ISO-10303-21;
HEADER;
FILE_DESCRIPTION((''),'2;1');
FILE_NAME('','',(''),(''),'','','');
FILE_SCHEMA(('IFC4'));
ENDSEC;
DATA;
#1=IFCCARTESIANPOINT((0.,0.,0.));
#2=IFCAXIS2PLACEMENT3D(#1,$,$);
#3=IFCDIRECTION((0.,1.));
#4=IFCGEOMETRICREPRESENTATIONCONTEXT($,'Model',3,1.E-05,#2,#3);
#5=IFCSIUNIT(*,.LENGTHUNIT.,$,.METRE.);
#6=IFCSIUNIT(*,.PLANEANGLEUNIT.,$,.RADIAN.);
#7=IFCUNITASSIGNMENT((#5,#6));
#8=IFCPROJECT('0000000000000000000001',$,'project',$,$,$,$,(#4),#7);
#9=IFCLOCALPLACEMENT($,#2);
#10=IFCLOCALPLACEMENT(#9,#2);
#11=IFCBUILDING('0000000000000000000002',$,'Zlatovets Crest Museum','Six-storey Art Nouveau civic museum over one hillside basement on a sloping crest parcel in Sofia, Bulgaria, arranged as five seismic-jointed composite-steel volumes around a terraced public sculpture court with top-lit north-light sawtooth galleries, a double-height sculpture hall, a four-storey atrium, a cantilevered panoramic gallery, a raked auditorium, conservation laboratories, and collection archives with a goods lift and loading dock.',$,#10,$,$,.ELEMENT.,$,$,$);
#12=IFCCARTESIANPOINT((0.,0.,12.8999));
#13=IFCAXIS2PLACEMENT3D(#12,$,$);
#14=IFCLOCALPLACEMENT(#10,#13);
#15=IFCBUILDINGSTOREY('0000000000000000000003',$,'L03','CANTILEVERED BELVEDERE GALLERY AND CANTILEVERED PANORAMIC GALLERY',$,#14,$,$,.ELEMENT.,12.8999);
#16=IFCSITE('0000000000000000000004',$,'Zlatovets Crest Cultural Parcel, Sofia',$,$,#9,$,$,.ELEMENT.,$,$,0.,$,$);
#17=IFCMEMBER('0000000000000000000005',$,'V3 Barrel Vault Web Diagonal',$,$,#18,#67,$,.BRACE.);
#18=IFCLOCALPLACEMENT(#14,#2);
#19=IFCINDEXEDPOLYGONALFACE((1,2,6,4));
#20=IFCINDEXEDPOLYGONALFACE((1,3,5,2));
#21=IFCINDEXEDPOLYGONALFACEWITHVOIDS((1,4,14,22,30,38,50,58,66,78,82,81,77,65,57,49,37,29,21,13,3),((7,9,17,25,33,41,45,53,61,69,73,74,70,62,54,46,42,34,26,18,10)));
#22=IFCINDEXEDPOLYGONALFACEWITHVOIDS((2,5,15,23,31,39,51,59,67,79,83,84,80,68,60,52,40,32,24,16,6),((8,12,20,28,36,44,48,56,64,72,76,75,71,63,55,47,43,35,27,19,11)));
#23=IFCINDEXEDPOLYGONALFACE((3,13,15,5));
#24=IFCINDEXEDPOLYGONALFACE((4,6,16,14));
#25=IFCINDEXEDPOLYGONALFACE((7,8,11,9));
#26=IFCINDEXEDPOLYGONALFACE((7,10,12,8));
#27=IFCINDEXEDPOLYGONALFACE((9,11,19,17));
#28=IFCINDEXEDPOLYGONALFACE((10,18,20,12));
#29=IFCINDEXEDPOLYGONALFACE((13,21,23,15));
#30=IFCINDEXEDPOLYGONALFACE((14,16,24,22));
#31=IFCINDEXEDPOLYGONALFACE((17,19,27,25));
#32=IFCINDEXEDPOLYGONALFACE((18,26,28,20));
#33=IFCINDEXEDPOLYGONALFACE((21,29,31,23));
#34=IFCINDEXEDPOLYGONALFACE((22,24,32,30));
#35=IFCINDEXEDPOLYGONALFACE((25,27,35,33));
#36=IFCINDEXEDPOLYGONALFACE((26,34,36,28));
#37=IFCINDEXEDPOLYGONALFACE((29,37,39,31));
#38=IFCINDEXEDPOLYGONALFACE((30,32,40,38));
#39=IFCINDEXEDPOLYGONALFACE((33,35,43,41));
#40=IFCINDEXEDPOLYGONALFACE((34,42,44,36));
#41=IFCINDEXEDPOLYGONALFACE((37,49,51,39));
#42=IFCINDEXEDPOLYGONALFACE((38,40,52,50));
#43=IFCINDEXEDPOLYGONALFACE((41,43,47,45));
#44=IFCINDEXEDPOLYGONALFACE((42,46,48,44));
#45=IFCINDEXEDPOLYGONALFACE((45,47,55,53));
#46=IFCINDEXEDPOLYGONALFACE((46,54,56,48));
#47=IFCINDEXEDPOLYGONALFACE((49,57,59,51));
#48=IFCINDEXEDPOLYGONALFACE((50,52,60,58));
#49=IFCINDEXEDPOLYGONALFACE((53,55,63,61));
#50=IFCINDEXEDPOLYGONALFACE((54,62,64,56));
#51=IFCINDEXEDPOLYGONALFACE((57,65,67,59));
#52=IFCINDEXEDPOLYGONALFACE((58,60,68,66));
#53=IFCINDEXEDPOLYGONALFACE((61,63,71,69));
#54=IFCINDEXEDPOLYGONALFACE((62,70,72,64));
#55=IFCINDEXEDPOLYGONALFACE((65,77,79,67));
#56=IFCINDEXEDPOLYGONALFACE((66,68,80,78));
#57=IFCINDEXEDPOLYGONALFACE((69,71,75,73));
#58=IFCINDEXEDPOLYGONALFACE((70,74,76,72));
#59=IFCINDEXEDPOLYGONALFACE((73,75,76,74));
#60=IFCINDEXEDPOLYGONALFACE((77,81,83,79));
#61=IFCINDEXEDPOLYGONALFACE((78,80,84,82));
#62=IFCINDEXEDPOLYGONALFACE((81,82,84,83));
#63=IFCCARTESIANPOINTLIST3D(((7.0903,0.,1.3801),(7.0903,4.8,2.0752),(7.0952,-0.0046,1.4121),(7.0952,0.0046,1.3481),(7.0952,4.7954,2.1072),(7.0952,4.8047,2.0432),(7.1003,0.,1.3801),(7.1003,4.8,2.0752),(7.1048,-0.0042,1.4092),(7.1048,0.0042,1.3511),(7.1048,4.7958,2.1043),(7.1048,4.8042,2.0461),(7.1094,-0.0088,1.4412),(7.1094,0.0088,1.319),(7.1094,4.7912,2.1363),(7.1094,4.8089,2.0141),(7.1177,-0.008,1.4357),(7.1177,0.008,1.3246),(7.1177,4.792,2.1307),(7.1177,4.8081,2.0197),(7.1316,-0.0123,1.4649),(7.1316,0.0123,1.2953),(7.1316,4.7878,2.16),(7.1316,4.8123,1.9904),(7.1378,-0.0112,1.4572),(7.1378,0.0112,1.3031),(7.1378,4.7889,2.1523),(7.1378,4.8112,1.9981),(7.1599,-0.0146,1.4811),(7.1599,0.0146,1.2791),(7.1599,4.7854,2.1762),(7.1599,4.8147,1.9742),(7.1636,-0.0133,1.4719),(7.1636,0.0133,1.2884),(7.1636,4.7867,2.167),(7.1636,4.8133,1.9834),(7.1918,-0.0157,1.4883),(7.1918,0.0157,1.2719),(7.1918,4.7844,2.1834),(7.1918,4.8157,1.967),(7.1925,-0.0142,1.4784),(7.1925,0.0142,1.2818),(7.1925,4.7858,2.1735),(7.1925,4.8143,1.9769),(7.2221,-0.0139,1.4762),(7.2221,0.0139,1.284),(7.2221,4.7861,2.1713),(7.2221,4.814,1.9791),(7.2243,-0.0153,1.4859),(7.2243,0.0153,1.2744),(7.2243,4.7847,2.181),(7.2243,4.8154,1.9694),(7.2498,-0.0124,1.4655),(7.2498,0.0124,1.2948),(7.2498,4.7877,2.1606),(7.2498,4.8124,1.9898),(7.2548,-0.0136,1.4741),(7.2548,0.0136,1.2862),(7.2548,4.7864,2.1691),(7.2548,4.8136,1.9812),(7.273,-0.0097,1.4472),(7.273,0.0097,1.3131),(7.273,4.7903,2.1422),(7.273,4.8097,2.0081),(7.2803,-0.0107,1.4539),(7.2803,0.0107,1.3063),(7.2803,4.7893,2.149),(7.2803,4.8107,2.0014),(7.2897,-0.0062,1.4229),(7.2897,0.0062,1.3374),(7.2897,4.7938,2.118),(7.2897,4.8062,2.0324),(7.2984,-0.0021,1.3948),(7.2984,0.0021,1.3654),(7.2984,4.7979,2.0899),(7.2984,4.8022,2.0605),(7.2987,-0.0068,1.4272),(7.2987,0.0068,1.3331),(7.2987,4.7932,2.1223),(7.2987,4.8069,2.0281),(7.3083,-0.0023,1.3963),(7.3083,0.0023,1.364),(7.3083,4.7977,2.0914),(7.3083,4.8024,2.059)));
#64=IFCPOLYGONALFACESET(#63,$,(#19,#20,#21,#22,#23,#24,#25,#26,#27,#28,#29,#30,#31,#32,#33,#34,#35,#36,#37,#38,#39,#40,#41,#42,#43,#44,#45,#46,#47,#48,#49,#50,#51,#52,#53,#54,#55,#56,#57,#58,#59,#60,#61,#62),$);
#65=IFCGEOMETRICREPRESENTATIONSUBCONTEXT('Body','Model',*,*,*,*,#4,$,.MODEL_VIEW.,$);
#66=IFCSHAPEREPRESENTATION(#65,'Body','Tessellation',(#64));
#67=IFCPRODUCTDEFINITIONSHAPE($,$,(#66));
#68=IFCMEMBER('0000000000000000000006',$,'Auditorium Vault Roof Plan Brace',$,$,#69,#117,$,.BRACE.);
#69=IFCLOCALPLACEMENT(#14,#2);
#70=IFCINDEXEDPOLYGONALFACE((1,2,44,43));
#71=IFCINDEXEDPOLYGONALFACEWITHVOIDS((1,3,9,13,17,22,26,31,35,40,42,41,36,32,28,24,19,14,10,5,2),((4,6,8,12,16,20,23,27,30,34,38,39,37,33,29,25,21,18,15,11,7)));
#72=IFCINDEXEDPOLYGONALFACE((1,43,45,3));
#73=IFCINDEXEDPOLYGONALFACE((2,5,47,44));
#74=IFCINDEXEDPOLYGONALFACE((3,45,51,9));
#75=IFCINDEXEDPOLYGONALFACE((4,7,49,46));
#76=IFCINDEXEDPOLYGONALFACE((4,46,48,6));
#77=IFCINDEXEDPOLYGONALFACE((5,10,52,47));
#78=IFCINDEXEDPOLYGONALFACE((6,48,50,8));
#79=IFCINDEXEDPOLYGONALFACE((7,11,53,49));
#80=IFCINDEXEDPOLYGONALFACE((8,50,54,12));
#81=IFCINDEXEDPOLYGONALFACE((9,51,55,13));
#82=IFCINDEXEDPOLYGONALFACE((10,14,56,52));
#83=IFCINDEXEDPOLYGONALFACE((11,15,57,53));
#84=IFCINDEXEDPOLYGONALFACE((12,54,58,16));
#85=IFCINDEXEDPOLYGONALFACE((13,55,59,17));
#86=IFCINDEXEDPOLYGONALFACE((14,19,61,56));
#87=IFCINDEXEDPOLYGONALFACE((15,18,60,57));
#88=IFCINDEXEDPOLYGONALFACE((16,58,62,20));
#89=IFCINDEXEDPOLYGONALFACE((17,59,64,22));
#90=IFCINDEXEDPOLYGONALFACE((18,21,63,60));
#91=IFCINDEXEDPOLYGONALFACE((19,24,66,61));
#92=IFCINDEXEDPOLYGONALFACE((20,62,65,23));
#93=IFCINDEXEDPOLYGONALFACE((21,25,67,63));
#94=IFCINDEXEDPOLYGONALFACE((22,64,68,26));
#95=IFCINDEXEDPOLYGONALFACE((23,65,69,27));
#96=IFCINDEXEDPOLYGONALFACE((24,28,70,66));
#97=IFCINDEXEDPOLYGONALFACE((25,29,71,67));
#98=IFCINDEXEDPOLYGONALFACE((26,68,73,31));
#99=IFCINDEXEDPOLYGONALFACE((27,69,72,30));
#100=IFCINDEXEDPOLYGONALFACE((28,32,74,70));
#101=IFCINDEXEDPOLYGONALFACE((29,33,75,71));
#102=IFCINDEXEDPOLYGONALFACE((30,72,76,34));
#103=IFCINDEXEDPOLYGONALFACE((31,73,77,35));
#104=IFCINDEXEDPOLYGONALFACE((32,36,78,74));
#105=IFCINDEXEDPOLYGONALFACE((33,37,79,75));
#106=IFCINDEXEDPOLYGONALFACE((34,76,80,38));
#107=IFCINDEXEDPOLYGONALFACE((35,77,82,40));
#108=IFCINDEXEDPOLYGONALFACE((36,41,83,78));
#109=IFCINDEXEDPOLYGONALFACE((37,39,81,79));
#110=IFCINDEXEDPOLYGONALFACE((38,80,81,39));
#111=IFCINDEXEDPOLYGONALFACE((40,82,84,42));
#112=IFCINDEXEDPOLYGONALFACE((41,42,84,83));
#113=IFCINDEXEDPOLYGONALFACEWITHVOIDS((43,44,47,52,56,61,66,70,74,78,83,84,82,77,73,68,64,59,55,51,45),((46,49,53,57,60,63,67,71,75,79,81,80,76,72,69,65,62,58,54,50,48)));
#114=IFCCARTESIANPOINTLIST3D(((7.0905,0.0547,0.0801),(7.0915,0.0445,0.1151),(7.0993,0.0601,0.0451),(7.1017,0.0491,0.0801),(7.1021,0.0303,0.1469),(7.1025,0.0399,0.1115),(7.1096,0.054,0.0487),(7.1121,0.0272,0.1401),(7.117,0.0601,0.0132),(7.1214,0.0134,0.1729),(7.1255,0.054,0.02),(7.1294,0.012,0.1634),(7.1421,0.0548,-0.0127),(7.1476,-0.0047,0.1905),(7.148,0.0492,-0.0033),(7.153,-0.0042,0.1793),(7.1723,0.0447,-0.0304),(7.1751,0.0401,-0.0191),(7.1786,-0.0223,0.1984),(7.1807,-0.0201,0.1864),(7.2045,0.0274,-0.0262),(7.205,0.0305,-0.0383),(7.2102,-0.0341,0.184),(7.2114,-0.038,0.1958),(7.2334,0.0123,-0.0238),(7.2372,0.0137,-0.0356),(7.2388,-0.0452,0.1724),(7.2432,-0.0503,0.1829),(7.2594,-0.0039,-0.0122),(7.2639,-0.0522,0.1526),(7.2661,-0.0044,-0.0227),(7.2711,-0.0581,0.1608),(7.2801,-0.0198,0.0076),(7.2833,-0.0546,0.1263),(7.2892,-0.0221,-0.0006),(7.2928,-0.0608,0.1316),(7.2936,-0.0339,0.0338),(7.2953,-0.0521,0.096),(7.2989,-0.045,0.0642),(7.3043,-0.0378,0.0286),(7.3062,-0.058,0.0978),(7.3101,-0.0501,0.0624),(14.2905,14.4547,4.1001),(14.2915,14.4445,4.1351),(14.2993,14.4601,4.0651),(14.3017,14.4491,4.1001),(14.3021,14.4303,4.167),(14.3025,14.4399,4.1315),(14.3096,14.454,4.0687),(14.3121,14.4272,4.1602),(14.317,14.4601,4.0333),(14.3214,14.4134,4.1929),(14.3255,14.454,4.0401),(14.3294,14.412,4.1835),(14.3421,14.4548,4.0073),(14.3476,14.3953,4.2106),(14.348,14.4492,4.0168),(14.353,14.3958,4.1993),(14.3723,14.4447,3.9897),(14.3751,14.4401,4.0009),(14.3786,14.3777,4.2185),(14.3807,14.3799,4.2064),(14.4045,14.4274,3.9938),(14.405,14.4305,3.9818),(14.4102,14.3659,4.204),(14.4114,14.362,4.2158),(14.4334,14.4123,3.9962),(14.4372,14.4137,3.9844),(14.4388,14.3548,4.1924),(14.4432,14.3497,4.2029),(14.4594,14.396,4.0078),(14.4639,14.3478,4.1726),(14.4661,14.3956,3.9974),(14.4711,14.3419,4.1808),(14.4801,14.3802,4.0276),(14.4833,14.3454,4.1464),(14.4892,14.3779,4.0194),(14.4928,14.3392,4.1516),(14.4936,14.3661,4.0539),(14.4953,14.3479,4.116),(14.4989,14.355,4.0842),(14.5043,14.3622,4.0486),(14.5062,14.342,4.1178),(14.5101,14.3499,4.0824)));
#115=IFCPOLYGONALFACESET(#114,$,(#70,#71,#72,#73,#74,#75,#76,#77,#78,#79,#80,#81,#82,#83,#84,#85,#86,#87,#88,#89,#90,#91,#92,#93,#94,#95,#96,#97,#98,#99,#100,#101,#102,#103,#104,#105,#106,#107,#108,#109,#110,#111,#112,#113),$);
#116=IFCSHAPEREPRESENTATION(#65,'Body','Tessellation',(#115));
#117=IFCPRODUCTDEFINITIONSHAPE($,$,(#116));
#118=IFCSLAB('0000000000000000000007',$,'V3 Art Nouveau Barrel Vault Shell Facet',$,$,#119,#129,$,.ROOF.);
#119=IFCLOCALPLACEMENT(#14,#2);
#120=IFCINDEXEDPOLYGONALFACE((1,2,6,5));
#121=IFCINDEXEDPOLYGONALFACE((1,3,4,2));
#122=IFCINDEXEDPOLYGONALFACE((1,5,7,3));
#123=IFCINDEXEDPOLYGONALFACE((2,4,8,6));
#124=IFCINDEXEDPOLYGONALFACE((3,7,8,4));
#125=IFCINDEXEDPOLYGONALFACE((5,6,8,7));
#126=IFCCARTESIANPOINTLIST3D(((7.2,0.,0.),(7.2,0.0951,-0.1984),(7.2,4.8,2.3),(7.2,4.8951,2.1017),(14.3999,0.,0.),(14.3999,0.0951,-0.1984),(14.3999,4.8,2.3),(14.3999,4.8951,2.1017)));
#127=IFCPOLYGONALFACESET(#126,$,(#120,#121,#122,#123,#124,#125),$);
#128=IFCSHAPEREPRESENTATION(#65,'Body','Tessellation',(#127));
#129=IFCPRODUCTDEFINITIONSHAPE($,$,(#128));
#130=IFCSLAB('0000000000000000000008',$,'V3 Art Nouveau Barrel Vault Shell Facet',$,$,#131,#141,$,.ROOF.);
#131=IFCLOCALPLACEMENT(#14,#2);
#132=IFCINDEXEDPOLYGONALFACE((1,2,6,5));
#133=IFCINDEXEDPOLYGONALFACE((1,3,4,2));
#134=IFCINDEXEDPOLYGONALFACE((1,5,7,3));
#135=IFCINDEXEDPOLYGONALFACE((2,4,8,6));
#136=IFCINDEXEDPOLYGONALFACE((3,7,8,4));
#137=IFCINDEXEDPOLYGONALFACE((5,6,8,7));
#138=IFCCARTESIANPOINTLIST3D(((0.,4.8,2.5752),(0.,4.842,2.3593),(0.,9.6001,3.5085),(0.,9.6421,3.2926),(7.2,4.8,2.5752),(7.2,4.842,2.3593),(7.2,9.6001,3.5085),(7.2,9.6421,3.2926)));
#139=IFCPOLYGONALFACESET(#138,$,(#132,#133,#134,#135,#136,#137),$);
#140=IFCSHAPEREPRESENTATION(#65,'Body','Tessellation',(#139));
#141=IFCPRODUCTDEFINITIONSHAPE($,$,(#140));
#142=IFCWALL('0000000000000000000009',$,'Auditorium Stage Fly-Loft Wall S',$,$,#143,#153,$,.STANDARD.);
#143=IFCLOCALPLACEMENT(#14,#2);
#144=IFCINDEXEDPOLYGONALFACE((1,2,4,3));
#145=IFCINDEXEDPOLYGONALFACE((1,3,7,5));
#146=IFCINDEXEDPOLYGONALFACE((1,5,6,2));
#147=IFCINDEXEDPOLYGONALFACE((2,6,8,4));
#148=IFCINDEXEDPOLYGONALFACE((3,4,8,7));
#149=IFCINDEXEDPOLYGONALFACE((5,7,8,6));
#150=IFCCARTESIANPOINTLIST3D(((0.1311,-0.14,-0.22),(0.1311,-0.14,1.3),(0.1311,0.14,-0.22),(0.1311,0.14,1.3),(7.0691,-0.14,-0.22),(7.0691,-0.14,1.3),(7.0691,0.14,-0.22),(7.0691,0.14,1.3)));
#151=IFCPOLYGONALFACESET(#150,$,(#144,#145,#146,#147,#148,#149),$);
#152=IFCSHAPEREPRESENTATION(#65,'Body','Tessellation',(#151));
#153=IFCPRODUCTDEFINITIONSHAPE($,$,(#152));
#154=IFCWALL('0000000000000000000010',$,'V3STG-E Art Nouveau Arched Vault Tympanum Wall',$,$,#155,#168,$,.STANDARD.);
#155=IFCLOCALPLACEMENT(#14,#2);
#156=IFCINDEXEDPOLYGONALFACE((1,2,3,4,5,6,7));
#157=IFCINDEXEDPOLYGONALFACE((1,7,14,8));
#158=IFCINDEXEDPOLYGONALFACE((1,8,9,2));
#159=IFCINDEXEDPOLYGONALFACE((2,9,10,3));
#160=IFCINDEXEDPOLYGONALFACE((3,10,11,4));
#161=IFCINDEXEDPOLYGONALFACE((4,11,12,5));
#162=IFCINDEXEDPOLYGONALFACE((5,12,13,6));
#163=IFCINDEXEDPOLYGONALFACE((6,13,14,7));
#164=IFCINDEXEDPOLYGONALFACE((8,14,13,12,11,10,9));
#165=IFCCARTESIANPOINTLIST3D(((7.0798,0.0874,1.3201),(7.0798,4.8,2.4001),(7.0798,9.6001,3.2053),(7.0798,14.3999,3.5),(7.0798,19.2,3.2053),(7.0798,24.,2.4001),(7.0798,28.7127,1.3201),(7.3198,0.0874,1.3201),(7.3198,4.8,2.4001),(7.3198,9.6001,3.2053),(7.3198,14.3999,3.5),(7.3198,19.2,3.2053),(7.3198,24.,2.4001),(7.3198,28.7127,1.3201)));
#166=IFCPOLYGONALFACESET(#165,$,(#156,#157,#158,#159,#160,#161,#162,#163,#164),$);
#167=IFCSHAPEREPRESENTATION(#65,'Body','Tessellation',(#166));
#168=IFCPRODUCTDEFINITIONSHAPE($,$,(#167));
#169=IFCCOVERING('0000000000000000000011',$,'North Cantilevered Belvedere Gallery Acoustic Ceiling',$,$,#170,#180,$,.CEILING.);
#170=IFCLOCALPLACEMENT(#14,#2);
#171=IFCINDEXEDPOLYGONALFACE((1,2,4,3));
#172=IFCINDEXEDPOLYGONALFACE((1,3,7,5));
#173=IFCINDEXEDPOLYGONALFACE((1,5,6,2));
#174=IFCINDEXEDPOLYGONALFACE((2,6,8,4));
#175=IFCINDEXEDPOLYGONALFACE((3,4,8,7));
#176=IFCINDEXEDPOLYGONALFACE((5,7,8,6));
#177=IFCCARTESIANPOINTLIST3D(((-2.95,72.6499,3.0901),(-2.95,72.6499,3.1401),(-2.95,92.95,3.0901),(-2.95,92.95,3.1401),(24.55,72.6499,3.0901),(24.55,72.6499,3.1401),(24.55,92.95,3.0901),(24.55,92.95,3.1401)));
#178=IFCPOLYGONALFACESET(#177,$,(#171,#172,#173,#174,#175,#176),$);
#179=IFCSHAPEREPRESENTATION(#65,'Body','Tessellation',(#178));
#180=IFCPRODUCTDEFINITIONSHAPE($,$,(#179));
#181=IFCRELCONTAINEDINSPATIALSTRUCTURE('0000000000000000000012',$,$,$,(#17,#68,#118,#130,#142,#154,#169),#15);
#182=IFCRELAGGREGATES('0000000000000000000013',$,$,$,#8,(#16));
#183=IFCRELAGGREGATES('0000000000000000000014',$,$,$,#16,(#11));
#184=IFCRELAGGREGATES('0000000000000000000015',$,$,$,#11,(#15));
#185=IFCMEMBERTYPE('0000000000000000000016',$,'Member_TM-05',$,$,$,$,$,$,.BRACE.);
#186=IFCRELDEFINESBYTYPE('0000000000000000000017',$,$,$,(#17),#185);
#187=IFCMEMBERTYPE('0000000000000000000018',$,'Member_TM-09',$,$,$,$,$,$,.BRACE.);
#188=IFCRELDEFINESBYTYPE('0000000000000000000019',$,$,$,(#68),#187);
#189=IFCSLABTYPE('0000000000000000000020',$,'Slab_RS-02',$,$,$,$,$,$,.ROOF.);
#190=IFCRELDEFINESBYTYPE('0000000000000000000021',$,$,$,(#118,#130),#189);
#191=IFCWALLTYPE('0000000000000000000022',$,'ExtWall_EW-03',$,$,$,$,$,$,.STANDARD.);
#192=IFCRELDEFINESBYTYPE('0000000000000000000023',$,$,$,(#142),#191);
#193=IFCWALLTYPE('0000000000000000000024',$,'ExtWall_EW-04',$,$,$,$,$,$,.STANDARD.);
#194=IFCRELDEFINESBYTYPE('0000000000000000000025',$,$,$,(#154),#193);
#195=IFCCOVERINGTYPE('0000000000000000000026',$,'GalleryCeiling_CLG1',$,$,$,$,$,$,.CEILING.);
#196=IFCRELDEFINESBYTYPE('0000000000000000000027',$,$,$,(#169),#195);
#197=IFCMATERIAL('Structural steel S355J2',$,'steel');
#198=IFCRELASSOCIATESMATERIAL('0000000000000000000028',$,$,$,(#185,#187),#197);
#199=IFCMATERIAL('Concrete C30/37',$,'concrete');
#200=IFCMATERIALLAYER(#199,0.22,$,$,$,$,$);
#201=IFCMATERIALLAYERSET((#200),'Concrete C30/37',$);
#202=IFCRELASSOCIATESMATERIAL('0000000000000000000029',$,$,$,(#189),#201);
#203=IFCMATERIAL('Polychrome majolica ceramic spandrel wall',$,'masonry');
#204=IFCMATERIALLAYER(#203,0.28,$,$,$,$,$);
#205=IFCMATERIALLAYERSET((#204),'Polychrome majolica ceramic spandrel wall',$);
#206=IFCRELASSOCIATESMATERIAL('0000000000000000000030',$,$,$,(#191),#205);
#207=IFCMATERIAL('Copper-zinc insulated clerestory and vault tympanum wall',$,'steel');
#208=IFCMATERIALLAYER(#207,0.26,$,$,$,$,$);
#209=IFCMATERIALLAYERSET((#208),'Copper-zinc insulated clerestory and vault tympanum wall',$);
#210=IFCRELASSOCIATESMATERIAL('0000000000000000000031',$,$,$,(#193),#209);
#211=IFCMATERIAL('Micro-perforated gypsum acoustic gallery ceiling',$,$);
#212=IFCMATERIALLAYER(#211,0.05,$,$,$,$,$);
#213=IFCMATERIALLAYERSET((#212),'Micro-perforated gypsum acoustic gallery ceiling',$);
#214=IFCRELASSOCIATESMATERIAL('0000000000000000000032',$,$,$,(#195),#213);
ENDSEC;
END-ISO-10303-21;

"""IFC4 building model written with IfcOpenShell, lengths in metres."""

from ifc_helpers import new_model, si_unit, direction, frame, frame_2d, origin, origin_2d, place, context, subcontext, project, spatial, polyline, rectangle, hollow_circle, outline, extrude, material, layer, layer_set, material_profile, profile_set, type_object, element, save


model = new_model("IFC4")

# Units and contexts
model_context = context("Model", 3, precision=1e-05, world=origin(), true_north=direction((0.0, 1.0)))
body_context = subcontext(model_context, "Body", "Model", "MODEL_VIEW")
ifc_project = project(units=[si_unit("LENGTHUNIT", "METRE"), si_unit("PLANEANGLEUNIT", "RADIAN")], contexts=[model_context])

# Site, building, storey
site_placement = place(None, origin())
site = spatial("IfcSite", under=ifc_project, at=site_placement, Name="Zlatovets Crest Cultural Parcel, Sofia", CompositionType="ELEMENT", RefElevation=0.0)
building_placement = place(site_placement, origin())
building = spatial("IfcBuilding", under=site, at=building_placement, Name="Zlatovets Crest Museum", Description="Six-storey Art Nouveau civic museum over one hillside basement on a sloping crest parcel in Sofia, Bulgaria, arranged as five seismic-jointed composite-steel volumes around a terraced public sculpture court with top-lit north-light sawtooth galleries, a double-height sculpture hall, a four-storey atrium, a cantilevered panoramic gallery, a raked auditorium, conservation laboratories, and collection archives with a goods lift and loading dock.", CompositionType="ELEMENT")
storey_placement = place(building_placement, frame((0.0, 0.0, 12.8999)))
storey = spatial("IfcBuildingStorey", under=building, at=storey_placement, Name="L03", Description="CANTILEVERED BELVEDERE GALLERY AND CANTILEVERED PANORAMIC GALLERY", CompositionType="ELEMENT", Elevation=12.8999)

# Shared definitions
ifc_material_1 = material(Name="Structural steel S355J2", Category="steel")

# Members
ifc_material_profile_1 = material_profile(ifc_material_1, hollow_circle(Radius=0.1096, WallThickness=0.01, at=origin_2d()), Name="CHS 219.1x10.0")
ifc_profile_set_1 = profile_set([ifc_material_profile_1], Name="Structural steel S355J2")
member_type_1 = type_object("IfcMemberType", Name="Member_TM-05", PredefinedType="BRACE", material=ifc_profile_set_1)
member_1_placement = place(storey_placement, frame((7.2, 0.0, 1.3801), z_axis=(0.0, 0.989678, 0.14331), x_axis=(-1.0, 0.0, 0.0)))
element("IfcMember", 1, at=member_1_placement, inside=storey, type_object=member_type_1, Name="V3 Barrel Vault Web Diagonal", PredefinedType="BRACE", context=body_context, shape_type="SweptSolid", body=[
    extrude(hollow_circle(Radius=0.1096, WallThickness=0.01, at=origin_2d()), origin(), (0.0, 0.0, 1.0), 4.8501),
])
ifc_material_profile_2 = material_profile(ifc_material_1, hollow_circle(Radius=0.1223, WallThickness=0.0125, at=origin_2d()), Name="CHS 244.5x12.5")
ifc_profile_set_2 = profile_set([ifc_material_profile_2], Name="Structural steel S355J2")
member_type_2 = type_object("IfcMemberType", Name="Member_TM-09", PredefinedType="BRACE", material=ifc_profile_set_2)
member_2_placement = place(storey_placement, frame((7.2, 0.0, 0.0801), z_axis=(0.433892, 0.867784, 0.242259), x_axis=(-0.894427, 0.447214, 0.0)))
element("IfcMember", 2, at=member_2_placement, inside=storey, type_object=member_type_2, Name="Auditorium Vault Roof Plan Brace", PredefinedType="BRACE", context=body_context, shape_type="SweptSolid", body=[
    extrude(hollow_circle(Radius=0.1223, WallThickness=0.0125, at=origin_2d()), origin(), (0.0, 0.0, 1.0), 16.594),
])

# Slabs
ifc_material_2 = material(Name="Concrete C30/37", Category="concrete")
ifc_layer_1 = layer(ifc_material_2, 0.22)
ifc_layer_set_1 = layer_set([ifc_layer_1], Name="Concrete C30/37")
slab_type = type_object("IfcSlabType", Name="Slab_RS-02", PredefinedType="ROOF", material=ifc_layer_set_1)
slab_1_placement = place(storey_placement, frame((7.2, 0.0, 0.0), z_axis=(0.0, -0.432124, 0.901814), x_axis=(1.0, 0.0, 0.0)))
element("IfcSlab", 3, at=slab_1_placement, inside=storey, type_object=slab_type, Name="V3 Art Nouveau Barrel Vault Shell Facet", PredefinedType="ROOF", context=body_context, shape_type="SweptSolid", body=[
    extrude(outline(polyline([(0.0, 0.0), (7.2, 0.0), (7.2, 5.3227), (0.0, 5.3227), (0.0, 0.0)])), origin(), (0.0, 0.0, -1.0), 0.22),
])
slab_2_placement = place(storey_placement, frame((0.0, 4.8, 2.5752), z_axis=(0.0, -0.190871, 0.981615), x_axis=(1.0, 0.0, 0.0)))
element("IfcSlab", 4, at=slab_2_placement, inside=storey, type_object=slab_type, Name="V3 Art Nouveau Barrel Vault Shell Facet", PredefinedType="ROOF", context=body_context, shape_type="SweptSolid", body=[
    extrude(outline(polyline([(0.0, 0.0), (7.2, 0.0), (7.2, 4.8899), (0.0, 4.8899), (0.0, 0.0)])), origin(), (0.0, 0.0, -1.0), 0.22),
])

# Walls
ifc_material_3 = material(Name="Polychrome majolica ceramic spandrel wall", Category="masonry")
ifc_layer_2 = layer(ifc_material_3, 0.28)
ifc_layer_set_2 = layer_set([ifc_layer_2], Name="Polychrome majolica ceramic spandrel wall")
wall_type_1 = type_object("IfcWallType", Name="ExtWall_EW-03", PredefinedType="STANDARD", material=ifc_layer_set_2)
wall_1_placement = place(storey_placement, frame((0.1311, 0.0, -0.22), z_axis=(0.0, 0.0, 1.0), x_axis=(1.0, 0.0, 0.0)))
element("IfcWall", 5, at=wall_1_placement, inside=storey, type_object=wall_type_1, Name="Auditorium Stage Fly-Loft Wall S", PredefinedType="STANDARD", context=body_context, shape_type="SweptSolid", body=[
    extrude(rectangle(XDim=6.938, YDim=0.28, at=frame_2d((3.469, 0.0))), origin(), (0.0, 0.0, 1.0), 1.52),
])
ifc_material_4 = material(Name="Copper-zinc insulated clerestory and vault tympanum wall", Category="steel")
ifc_layer_3 = layer(ifc_material_4, 0.26)
ifc_layer_set_3 = layer_set([ifc_layer_3], Name="Copper-zinc insulated clerestory and vault tympanum wall")
wall_type_2 = type_object("IfcWallType", Name="ExtWall_EW-04", PredefinedType="STANDARD", material=ifc_layer_set_3)
wall_2_placement = place(storey_placement, frame((7.2, 0.0, 1.3201), z_axis=(0.0, 0.0, 1.0), x_axis=(0.0, 1.0, 0.0)))
element("IfcWall", 6, at=wall_2_placement, inside=storey, type_object=wall_type_2, Name="V3STG-E Art Nouveau Arched Vault Tympanum Wall", PredefinedType="STANDARD", context=body_context, shape_type="SweptSolid", body=[
    extrude(outline(polyline([(0.0, 0.0), (28.8, 0.0), (28.8, -0.02), (24.0, 1.0801), (19.2, 1.8853), (14.3999, 2.1799), (9.6001, 1.8853), (4.8, 1.0801), (0.0, -0.02), (0.0, 0.0)])), frame((0.0, 0.1201, 0.0), z_axis=(0.0, -1.0, 0.0), x_axis=(1.0, 0.0, 0.0)), (0.0, 0.0, 1.0), 0.24),
])

# Covering
ifc_material_5 = material(Name="Micro-perforated gypsum acoustic gallery ceiling")
ifc_layer_4 = layer(ifc_material_5, 0.05)
ifc_layer_set_4 = layer_set([ifc_layer_4], Name="Micro-perforated gypsum acoustic gallery ceiling")
covering_type = type_object("IfcCoveringType", Name="GalleryCeiling_CLG1", PredefinedType="CEILING", material=ifc_layer_set_4)
covering_placement = place(storey_placement, frame((0.0, 0.0, 3.0901)))
element("IfcCovering", 7, at=covering_placement, inside=storey, type_object=covering_type, Name="North Cantilevered Belvedere Gallery Acoustic Ceiling", PredefinedType="CEILING", context=body_context, shape_type="SweptSolid", body=[
    extrude(outline(polyline([(-2.95, 72.6499), (24.55, 72.6499), (24.55, 92.95), (-2.95, 92.95), (-2.95, 72.6499)])), origin(), (0.0, 0.0, 1.0), 0.05),
])

save(model, "model.ifc")
